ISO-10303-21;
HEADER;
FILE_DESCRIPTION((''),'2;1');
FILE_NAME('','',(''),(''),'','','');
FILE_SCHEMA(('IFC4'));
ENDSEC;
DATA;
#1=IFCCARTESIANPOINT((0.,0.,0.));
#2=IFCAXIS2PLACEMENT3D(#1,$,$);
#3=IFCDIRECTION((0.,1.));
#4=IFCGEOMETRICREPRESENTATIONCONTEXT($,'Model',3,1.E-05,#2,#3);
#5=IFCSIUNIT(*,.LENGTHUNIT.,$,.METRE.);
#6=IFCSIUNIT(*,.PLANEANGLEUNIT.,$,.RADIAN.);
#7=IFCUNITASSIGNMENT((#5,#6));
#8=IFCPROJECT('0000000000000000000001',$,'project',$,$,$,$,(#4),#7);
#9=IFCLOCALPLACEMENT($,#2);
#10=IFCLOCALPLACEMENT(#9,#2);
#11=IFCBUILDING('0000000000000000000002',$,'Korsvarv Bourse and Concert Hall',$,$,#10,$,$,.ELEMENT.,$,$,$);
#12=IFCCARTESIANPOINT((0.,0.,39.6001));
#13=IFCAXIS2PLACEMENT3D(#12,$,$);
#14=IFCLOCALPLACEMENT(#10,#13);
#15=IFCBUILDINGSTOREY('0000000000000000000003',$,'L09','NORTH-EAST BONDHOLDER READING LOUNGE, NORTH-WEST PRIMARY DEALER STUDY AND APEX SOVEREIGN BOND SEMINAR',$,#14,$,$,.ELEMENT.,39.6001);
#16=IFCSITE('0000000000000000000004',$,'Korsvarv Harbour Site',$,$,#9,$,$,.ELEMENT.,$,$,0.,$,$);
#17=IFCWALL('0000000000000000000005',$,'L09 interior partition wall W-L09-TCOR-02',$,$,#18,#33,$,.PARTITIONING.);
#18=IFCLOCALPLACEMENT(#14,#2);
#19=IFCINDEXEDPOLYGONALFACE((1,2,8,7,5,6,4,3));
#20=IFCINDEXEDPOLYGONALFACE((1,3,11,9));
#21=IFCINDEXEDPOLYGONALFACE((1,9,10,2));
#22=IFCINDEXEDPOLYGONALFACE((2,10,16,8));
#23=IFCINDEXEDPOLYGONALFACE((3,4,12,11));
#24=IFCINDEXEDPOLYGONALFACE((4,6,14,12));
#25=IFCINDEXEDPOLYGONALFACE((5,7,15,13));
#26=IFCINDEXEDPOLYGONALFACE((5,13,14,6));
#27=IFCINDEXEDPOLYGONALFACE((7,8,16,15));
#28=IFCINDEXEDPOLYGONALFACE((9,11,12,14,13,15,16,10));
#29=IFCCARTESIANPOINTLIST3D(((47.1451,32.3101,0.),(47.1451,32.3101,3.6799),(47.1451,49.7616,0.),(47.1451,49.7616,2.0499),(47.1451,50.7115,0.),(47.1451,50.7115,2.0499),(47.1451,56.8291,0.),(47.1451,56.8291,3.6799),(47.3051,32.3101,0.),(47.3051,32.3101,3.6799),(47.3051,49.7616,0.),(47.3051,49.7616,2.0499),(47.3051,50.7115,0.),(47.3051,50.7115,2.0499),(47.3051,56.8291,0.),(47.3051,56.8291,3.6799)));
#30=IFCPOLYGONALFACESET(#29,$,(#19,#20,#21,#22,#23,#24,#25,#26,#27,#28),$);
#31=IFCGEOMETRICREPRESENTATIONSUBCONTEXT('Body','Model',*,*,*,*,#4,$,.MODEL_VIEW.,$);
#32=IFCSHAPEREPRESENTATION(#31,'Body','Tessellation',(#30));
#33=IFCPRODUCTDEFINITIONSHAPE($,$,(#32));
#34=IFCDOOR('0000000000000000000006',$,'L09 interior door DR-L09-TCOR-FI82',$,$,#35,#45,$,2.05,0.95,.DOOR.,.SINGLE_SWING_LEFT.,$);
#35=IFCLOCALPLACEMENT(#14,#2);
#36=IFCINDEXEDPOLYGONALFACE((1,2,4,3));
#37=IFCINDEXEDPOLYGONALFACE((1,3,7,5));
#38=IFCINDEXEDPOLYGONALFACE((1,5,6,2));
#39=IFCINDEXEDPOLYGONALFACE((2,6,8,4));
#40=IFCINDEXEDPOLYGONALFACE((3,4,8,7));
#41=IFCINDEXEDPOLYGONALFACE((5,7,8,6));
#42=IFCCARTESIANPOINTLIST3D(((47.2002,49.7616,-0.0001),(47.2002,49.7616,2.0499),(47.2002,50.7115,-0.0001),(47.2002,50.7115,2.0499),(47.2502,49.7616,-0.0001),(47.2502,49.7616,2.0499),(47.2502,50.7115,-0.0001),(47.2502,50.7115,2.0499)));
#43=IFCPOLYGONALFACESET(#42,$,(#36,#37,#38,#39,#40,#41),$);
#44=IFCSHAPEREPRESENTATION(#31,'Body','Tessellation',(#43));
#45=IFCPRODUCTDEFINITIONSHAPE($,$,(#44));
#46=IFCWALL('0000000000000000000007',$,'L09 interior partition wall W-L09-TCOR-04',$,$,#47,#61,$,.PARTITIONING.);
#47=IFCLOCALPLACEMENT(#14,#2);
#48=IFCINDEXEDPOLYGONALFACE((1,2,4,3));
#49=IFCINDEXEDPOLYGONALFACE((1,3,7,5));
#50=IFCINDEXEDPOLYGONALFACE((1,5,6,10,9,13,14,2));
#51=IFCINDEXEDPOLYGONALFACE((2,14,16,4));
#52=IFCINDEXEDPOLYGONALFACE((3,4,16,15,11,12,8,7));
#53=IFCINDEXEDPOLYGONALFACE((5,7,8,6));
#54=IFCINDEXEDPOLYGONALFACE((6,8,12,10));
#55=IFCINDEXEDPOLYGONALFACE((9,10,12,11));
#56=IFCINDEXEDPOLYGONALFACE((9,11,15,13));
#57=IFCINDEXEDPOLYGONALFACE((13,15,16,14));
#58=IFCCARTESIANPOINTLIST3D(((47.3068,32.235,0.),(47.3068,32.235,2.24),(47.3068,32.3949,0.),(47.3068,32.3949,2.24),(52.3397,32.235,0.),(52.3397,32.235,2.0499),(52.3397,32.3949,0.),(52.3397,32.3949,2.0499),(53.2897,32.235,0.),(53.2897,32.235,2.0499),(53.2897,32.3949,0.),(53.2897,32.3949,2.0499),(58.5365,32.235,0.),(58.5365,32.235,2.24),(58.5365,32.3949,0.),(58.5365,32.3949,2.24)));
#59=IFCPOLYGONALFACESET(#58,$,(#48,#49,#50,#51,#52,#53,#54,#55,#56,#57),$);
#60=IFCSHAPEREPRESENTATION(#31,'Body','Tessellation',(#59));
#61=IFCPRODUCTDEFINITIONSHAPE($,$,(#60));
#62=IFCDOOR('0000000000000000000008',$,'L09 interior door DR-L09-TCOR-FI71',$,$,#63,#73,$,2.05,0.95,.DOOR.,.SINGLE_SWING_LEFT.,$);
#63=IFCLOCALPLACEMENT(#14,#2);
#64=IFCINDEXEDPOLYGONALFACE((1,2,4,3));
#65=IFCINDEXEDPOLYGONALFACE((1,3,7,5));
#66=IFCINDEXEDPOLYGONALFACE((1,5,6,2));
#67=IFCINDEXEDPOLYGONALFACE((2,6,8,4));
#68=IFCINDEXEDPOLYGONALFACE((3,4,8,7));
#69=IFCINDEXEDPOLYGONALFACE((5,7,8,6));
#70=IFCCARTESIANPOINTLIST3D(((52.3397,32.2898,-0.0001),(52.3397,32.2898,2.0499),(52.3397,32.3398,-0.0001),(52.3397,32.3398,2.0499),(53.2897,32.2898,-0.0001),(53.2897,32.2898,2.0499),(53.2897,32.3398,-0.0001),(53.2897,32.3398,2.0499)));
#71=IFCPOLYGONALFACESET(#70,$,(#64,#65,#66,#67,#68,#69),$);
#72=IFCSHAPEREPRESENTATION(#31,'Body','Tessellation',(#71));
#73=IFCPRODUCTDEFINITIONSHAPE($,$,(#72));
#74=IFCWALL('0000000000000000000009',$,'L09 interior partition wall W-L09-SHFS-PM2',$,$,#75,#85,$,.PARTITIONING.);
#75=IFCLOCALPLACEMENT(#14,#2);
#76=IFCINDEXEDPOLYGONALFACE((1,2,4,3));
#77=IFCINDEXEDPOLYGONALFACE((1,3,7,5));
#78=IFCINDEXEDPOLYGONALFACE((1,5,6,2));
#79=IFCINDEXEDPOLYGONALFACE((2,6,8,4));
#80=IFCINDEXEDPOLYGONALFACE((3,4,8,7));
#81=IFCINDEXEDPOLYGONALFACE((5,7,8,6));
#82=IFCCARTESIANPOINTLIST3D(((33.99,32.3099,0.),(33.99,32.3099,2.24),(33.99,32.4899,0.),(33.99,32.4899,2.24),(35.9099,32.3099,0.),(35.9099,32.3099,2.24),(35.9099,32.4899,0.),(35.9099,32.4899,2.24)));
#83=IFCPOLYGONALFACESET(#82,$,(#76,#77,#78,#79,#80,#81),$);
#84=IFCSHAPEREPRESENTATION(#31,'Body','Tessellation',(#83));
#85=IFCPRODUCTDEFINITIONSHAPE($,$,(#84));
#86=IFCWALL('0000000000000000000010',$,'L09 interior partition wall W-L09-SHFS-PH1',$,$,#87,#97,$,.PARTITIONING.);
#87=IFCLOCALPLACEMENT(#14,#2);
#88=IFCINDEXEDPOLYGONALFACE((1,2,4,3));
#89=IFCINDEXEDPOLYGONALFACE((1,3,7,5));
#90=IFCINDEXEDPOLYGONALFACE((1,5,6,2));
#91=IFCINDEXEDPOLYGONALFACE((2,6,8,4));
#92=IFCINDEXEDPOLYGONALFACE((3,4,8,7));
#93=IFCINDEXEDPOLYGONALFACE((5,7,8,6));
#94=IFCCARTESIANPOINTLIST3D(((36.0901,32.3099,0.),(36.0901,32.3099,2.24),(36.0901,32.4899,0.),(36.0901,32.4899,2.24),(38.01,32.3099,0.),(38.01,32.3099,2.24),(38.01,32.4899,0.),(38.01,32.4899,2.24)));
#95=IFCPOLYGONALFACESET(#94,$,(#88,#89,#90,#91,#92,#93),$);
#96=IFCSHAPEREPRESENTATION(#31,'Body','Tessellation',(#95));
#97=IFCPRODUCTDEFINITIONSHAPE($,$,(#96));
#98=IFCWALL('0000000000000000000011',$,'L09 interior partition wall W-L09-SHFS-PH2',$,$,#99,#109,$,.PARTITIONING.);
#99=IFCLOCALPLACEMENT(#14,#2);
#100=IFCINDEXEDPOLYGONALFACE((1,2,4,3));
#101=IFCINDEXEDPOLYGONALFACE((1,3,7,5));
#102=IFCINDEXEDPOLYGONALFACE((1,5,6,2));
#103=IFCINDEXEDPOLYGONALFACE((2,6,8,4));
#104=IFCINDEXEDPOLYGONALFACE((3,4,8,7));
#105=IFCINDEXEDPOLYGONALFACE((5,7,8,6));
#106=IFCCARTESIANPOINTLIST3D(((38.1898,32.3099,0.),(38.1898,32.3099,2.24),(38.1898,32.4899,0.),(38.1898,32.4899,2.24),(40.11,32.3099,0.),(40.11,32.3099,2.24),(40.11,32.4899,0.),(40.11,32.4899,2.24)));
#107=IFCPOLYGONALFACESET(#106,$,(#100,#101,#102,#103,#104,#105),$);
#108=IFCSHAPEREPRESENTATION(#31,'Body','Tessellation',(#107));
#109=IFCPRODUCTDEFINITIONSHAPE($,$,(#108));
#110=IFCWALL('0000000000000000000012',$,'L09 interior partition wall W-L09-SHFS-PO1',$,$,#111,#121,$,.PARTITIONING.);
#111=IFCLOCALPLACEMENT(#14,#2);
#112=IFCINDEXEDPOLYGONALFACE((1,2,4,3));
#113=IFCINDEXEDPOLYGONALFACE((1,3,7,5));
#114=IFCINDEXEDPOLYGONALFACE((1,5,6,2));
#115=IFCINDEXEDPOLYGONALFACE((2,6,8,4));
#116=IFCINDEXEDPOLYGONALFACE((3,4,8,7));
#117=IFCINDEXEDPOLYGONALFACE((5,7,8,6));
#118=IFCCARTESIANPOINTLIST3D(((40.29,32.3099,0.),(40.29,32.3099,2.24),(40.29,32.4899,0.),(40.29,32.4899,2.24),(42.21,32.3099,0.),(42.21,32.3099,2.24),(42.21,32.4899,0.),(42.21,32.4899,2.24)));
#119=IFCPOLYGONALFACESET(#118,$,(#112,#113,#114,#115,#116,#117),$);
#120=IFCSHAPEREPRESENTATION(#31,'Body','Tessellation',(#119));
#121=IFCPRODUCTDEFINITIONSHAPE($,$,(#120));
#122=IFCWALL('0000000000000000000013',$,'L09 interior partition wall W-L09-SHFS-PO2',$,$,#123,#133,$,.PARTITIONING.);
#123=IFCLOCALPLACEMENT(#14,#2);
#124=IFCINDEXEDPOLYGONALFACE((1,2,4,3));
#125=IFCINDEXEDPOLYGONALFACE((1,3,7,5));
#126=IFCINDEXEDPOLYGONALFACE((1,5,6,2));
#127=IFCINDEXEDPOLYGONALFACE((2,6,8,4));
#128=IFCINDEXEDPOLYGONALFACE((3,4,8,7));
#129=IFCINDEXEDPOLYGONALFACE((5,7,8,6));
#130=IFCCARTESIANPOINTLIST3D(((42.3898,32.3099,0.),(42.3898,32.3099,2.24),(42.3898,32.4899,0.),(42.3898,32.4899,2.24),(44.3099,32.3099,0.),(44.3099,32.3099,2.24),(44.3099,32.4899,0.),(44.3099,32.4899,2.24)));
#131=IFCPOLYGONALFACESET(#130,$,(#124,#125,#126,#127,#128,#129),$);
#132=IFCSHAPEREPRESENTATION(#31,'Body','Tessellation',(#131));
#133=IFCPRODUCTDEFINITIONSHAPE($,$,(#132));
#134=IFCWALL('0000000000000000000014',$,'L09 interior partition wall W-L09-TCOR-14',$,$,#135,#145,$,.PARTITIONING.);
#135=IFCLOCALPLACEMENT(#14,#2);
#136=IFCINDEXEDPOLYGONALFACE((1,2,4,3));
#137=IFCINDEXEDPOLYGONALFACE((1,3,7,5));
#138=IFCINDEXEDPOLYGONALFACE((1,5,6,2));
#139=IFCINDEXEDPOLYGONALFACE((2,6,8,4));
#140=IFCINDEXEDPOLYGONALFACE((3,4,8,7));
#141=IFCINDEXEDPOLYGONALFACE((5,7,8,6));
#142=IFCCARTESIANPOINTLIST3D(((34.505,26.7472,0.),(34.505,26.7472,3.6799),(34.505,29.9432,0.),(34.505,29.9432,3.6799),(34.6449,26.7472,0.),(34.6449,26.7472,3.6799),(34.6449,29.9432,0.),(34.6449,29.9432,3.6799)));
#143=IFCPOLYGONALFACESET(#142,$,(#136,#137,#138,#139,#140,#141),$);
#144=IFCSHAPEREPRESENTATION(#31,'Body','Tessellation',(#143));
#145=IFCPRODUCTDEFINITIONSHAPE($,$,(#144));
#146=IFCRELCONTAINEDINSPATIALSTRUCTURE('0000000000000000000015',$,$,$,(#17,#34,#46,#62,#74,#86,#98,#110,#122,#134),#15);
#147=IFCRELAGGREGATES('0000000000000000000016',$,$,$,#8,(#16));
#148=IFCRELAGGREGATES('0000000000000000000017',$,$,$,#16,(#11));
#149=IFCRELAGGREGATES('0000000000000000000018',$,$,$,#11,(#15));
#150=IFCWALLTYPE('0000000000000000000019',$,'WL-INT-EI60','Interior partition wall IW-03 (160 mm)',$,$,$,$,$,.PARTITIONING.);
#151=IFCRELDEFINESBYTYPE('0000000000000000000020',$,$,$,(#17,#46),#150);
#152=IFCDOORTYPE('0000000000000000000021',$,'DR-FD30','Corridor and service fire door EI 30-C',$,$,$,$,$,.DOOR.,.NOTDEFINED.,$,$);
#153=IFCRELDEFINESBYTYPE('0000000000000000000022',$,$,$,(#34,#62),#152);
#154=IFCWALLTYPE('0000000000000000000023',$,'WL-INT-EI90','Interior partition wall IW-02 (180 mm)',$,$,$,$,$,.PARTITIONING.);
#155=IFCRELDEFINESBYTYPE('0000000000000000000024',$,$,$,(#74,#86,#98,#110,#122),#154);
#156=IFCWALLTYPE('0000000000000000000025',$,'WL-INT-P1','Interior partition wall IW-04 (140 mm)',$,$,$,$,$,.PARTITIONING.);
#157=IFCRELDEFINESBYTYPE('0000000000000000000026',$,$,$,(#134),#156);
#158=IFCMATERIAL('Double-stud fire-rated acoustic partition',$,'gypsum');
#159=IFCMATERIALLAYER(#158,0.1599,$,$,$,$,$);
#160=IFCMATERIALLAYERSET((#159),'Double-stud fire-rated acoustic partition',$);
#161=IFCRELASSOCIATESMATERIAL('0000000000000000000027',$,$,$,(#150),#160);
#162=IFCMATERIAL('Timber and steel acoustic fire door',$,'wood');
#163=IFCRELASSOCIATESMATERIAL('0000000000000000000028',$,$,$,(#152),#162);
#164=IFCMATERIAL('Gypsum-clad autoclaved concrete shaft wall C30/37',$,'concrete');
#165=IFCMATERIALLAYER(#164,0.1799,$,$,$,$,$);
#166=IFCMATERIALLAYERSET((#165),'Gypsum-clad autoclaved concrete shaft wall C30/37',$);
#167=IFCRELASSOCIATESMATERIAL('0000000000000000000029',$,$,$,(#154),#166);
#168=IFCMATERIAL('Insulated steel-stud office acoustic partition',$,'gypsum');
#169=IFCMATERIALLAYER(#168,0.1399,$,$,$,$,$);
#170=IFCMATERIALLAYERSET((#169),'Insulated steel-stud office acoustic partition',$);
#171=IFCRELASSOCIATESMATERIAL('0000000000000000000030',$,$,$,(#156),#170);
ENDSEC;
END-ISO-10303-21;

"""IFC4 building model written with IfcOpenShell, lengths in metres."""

from ifc_helpers import new_model, si_unit, direction, frame, frame_2d, origin, place, context, subcontext, project, spatial, rectangle, extrude, material, layer, layer_set, type_object, element, fill, save


model = new_model("IFC4")

# Units and contexts
model_context = context("Model", 3, precision=1e-05, world=origin(), true_north=direction((0.0, 1.0)))
body_context = subcontext(model_context, "Body", "Model", "MODEL_VIEW")
ifc_project = project(units=[si_unit("LENGTHUNIT", "METRE"), si_unit("PLANEANGLEUNIT", "RADIAN")], contexts=[model_context])

# Site, building, storey
site_placement = place(None, origin())
site = spatial("IfcSite", under=ifc_project, at=site_placement, Name="Korsvarv Harbour Site", CompositionType="ELEMENT", RefElevation=0.0)
building_placement = place(site_placement, origin())
building = spatial("IfcBuilding", under=site, at=building_placement, Name="Korsvarv Bourse and Concert Hall", CompositionType="ELEMENT")
storey_placement = place(building_placement, frame((0.0, 0.0, 39.6001)))
storey = spatial("IfcBuildingStorey", under=building, at=storey_placement, Name="L09", Description="NORTH-EAST BONDHOLDER READING LOUNGE, NORTH-WEST PRIMARY DEALER STUDY AND APEX SOVEREIGN BOND SEMINAR", CompositionType="ELEMENT", Elevation=39.6001)

# Walls, openings, doors
ifc_material_1 = material(Name="Double-stud fire-rated acoustic partition", Category="gypsum")
ifc_layer_1 = layer(ifc_material_1, 0.1599)
ifc_layer_set_1 = layer_set([ifc_layer_1], Name="Double-stud fire-rated acoustic partition")
wall_type_1 = type_object("IfcWallType", Name="WL-INT-EI60", Description="Interior partition wall IW-03 (160 mm)", PredefinedType="PARTITIONING", material=ifc_layer_set_1)
wall_1_placement = place(storey_placement, frame((47.2251, 32.3101, 0.0), z_axis=(0.0, 0.0, 1.0), x_axis=(0.0, 1.0, 0.0)))
wall_1 = element("IfcWall", 1, at=wall_1_placement, inside=storey, type_object=wall_type_1, Name="L09 interior partition wall W-L09-TCOR-02", PredefinedType="PARTITIONING", context=body_context, shape_type="SweptSolid", body=[
    extrude(rectangle(XDim=24.519, YDim=0.1599, at=frame_2d((12.2595, 0.0))), origin(), (0.0, 0.0, 1.0), 3.6799),
])
opening_1_placement = place(wall_1_placement, frame((17.4514, 0.0, 0.0)))
opening_1 = element("IfcOpeningElement", 2, at=opening_1_placement, cuts=wall_1, PredefinedType="OPENING", context=body_context, shape_type="SweptSolid", body=[
    extrude(rectangle(XDim=0.95, YDim=2.05, at=frame_2d((0.4751, 1.0249))), frame((0.0, 0.0898, 0.0), z_axis=(0.0, -1.0, 0.0), x_axis=(1.0, 0.0, 0.0)), (0.0, 0.0, 1.0), 0.1799),
])
ifc_material_2 = material(Name="Timber and steel acoustic fire door", Category="wood")
door_type = type_object("IfcDoorType", Name="DR-FD30", Description="Corridor and service fire door EI 30-C", OperationType="NOTDEFINED", PredefinedType="DOOR", material=ifc_material_2)
door_1_placement = place(opening_1_placement, origin())
door_1 = element("IfcDoor", 3, at=door_1_placement, inside=storey, type_object=door_type, Name="L09 interior door DR-L09-TCOR-FI82", OperationType="SINGLE_SWING_LEFT", OverallHeight=2.05, OverallWidth=0.95, PredefinedType="DOOR", context=body_context, shape_type="SweptSolid", body=[
    extrude(rectangle(XDim=0.95, YDim=2.05, at=frame_2d((0.4751, 1.0249))), frame((0.0, 0.0249, 0.0), z_axis=(0.0, -1.0, 0.0), x_axis=(1.0, 0.0, 0.0)), (0.0, 0.0, 1.0), 0.05),
])
fill(opening_1, door_1)
wall_2_placement = place(storey_placement, frame((47.3069, 32.3149, 0.0), z_axis=(0.0, 0.0, 1.0), x_axis=(1.0, 0.0, 0.0)))
wall_2 = element("IfcWall", 4, at=wall_2_placement, inside=storey, type_object=wall_type_1, Name="L09 interior partition wall W-L09-TCOR-04", PredefinedType="PARTITIONING", context=body_context, shape_type="SweptSolid", body=[
    extrude(rectangle(XDim=11.2297, YDim=0.1599, at=frame_2d((5.6147, 0.0))), origin(), (0.0, 0.0, 1.0), 2.24),
])
opening_2_placement = place(wall_2_placement, frame((5.0327, 0.0, 0.0)))
opening_2 = element("IfcOpeningElement", 5, at=opening_2_placement, cuts=wall_2, PredefinedType="OPENING", context=body_context, shape_type="SweptSolid", body=[
    extrude(rectangle(XDim=0.95, YDim=2.05, at=frame_2d((0.4751, 1.0249))), frame((0.0, 0.0898, 0.0), z_axis=(0.0, -1.0, 0.0), x_axis=(1.0, 0.0, 0.0)), (0.0, 0.0, 1.0), 0.1799),
])
door_2_placement = place(opening_2_placement, origin())
door_2 = element("IfcDoor", 6, at=door_2_placement, inside=storey, type_object=door_type, Name="L09 interior door DR-L09-TCOR-FI71", OperationType="SINGLE_SWING_LEFT", OverallHeight=2.05, OverallWidth=0.95, PredefinedType="DOOR", context=body_context, shape_type="SweptSolid", body=[
    extrude(rectangle(XDim=0.95, YDim=2.05, at=frame_2d((0.4751, 1.0249))), frame((0.0, 0.0249, 0.0), z_axis=(0.0, -1.0, 0.0), x_axis=(1.0, 0.0, 0.0)), (0.0, 0.0, 1.0), 0.05),
])
fill(opening_2, door_2)

# Walls
ifc_material_3 = material(Name="Gypsum-clad autoclaved concrete shaft wall C30/37", Category="concrete")
ifc_layer_2 = layer(ifc_material_3, 0.1799)
ifc_layer_set_2 = layer_set([ifc_layer_2], Name="Gypsum-clad autoclaved concrete shaft wall C30/37")
wall_type_2 = type_object("IfcWallType", Name="WL-INT-EI90", Description="Interior partition wall IW-02 (180 mm)", PredefinedType="PARTITIONING", material=ifc_layer_set_2)
for number, where, z_axis, x_axis, name in (
    (7, (33.99, 32.3999, 0.0), (0.0, 0.0, 1.0), (1.0, 0.0, 0.0), "L09 interior partition wall W-L09-SHFS-PM2"),
    (8, (36.0901, 32.3999, 0.0), (0.0, 0.0, 1.0), (1.0, 0.0, 0.0), "L09 interior partition wall W-L09-SHFS-PH1"),
):
    element("IfcWall", number, at=place(storey_placement, frame(where, z_axis=z_axis, x_axis=x_axis)), inside=storey, type_object=wall_type_2, Name=name, PredefinedType="PARTITIONING", context=body_context, shape_type="SweptSolid", body=[
        extrude(rectangle(XDim=1.9199, YDim=0.1799, at=frame_2d((0.96, 0.0))), origin(), (0.0, 0.0, 1.0), 2.24),
    ])
wall_3_placement = place(storey_placement, frame((38.1899, 32.3999, 0.0), z_axis=(0.0, 0.0, 1.0), x_axis=(1.0, 0.0, 0.0)))
element("IfcWall", 9, at=wall_3_placement, inside=storey, type_object=wall_type_2, Name="L09 interior partition wall W-L09-SHFS-PH2", PredefinedType="PARTITIONING", context=body_context, shape_type="SweptSolid", body=[
    extrude(rectangle(XDim=1.9202, YDim=0.1799, at=frame_2d((0.96, 0.0))), origin(), (0.0, 0.0, 1.0), 2.24),
])
wall_4_placement = place(storey_placement, frame((40.29, 32.3999, 0.0), z_axis=(0.0, 0.0, 1.0), x_axis=(1.0, 0.0, 0.0)))
element("IfcWall", 10, at=wall_4_placement, inside=storey, type_object=wall_type_2, Name="L09 interior partition wall W-L09-SHFS-PO1", PredefinedType="PARTITIONING", context=body_context, shape_type="SweptSolid", body=[
    extrude(rectangle(XDim=1.9199, YDim=0.1799, at=frame_2d((0.96, 0.0))), origin(), (0.0, 0.0, 1.0), 2.24),
])
wall_5_placement = place(storey_placement, frame((42.3899, 32.3999, 0.0), z_axis=(0.0, 0.0, 1.0), x_axis=(1.0, 0.0, 0.0)))
element("IfcWall", 11, at=wall_5_placement, inside=storey, type_object=wall_type_2, Name="L09 interior partition wall W-L09-SHFS-PO2", PredefinedType="PARTITIONING", context=body_context, shape_type="SweptSolid", body=[
    extrude(rectangle(XDim=1.9202, YDim=0.1799, at=frame_2d((0.96, 0.0))), origin(), (0.0, 0.0, 1.0), 2.24),
])
ifc_material_4 = material(Name="Insulated steel-stud office acoustic partition", Category="gypsum")
ifc_layer_3 = layer(ifc_material_4, 0.1399)
ifc_layer_set_3 = layer_set([ifc_layer_3], Name="Insulated steel-stud office acoustic partition")
wall_type_3 = type_object("IfcWallType", Name="WL-INT-P1", Description="Interior partition wall IW-04 (140 mm)", PredefinedType="PARTITIONING", material=ifc_layer_set_3)
wall_6_placement = place(storey_placement, frame((34.575, 26.7471, 0.0), z_axis=(0.0, 0.0, 1.0), x_axis=(0.0, 1.0, 0.0)))
element("IfcWall", 12, at=wall_6_placement, inside=storey, type_object=wall_type_3, Name="L09 interior partition wall W-L09-TCOR-14", PredefinedType="PARTITIONING", context=body_context, shape_type="SweptSolid", body=[
    extrude(rectangle(XDim=3.196, YDim=0.1399, at=frame_2d((1.5981, 0.0))), origin(), (0.0, 0.0, 1.0), 3.6799),
])

save(model, "model.ifc")
